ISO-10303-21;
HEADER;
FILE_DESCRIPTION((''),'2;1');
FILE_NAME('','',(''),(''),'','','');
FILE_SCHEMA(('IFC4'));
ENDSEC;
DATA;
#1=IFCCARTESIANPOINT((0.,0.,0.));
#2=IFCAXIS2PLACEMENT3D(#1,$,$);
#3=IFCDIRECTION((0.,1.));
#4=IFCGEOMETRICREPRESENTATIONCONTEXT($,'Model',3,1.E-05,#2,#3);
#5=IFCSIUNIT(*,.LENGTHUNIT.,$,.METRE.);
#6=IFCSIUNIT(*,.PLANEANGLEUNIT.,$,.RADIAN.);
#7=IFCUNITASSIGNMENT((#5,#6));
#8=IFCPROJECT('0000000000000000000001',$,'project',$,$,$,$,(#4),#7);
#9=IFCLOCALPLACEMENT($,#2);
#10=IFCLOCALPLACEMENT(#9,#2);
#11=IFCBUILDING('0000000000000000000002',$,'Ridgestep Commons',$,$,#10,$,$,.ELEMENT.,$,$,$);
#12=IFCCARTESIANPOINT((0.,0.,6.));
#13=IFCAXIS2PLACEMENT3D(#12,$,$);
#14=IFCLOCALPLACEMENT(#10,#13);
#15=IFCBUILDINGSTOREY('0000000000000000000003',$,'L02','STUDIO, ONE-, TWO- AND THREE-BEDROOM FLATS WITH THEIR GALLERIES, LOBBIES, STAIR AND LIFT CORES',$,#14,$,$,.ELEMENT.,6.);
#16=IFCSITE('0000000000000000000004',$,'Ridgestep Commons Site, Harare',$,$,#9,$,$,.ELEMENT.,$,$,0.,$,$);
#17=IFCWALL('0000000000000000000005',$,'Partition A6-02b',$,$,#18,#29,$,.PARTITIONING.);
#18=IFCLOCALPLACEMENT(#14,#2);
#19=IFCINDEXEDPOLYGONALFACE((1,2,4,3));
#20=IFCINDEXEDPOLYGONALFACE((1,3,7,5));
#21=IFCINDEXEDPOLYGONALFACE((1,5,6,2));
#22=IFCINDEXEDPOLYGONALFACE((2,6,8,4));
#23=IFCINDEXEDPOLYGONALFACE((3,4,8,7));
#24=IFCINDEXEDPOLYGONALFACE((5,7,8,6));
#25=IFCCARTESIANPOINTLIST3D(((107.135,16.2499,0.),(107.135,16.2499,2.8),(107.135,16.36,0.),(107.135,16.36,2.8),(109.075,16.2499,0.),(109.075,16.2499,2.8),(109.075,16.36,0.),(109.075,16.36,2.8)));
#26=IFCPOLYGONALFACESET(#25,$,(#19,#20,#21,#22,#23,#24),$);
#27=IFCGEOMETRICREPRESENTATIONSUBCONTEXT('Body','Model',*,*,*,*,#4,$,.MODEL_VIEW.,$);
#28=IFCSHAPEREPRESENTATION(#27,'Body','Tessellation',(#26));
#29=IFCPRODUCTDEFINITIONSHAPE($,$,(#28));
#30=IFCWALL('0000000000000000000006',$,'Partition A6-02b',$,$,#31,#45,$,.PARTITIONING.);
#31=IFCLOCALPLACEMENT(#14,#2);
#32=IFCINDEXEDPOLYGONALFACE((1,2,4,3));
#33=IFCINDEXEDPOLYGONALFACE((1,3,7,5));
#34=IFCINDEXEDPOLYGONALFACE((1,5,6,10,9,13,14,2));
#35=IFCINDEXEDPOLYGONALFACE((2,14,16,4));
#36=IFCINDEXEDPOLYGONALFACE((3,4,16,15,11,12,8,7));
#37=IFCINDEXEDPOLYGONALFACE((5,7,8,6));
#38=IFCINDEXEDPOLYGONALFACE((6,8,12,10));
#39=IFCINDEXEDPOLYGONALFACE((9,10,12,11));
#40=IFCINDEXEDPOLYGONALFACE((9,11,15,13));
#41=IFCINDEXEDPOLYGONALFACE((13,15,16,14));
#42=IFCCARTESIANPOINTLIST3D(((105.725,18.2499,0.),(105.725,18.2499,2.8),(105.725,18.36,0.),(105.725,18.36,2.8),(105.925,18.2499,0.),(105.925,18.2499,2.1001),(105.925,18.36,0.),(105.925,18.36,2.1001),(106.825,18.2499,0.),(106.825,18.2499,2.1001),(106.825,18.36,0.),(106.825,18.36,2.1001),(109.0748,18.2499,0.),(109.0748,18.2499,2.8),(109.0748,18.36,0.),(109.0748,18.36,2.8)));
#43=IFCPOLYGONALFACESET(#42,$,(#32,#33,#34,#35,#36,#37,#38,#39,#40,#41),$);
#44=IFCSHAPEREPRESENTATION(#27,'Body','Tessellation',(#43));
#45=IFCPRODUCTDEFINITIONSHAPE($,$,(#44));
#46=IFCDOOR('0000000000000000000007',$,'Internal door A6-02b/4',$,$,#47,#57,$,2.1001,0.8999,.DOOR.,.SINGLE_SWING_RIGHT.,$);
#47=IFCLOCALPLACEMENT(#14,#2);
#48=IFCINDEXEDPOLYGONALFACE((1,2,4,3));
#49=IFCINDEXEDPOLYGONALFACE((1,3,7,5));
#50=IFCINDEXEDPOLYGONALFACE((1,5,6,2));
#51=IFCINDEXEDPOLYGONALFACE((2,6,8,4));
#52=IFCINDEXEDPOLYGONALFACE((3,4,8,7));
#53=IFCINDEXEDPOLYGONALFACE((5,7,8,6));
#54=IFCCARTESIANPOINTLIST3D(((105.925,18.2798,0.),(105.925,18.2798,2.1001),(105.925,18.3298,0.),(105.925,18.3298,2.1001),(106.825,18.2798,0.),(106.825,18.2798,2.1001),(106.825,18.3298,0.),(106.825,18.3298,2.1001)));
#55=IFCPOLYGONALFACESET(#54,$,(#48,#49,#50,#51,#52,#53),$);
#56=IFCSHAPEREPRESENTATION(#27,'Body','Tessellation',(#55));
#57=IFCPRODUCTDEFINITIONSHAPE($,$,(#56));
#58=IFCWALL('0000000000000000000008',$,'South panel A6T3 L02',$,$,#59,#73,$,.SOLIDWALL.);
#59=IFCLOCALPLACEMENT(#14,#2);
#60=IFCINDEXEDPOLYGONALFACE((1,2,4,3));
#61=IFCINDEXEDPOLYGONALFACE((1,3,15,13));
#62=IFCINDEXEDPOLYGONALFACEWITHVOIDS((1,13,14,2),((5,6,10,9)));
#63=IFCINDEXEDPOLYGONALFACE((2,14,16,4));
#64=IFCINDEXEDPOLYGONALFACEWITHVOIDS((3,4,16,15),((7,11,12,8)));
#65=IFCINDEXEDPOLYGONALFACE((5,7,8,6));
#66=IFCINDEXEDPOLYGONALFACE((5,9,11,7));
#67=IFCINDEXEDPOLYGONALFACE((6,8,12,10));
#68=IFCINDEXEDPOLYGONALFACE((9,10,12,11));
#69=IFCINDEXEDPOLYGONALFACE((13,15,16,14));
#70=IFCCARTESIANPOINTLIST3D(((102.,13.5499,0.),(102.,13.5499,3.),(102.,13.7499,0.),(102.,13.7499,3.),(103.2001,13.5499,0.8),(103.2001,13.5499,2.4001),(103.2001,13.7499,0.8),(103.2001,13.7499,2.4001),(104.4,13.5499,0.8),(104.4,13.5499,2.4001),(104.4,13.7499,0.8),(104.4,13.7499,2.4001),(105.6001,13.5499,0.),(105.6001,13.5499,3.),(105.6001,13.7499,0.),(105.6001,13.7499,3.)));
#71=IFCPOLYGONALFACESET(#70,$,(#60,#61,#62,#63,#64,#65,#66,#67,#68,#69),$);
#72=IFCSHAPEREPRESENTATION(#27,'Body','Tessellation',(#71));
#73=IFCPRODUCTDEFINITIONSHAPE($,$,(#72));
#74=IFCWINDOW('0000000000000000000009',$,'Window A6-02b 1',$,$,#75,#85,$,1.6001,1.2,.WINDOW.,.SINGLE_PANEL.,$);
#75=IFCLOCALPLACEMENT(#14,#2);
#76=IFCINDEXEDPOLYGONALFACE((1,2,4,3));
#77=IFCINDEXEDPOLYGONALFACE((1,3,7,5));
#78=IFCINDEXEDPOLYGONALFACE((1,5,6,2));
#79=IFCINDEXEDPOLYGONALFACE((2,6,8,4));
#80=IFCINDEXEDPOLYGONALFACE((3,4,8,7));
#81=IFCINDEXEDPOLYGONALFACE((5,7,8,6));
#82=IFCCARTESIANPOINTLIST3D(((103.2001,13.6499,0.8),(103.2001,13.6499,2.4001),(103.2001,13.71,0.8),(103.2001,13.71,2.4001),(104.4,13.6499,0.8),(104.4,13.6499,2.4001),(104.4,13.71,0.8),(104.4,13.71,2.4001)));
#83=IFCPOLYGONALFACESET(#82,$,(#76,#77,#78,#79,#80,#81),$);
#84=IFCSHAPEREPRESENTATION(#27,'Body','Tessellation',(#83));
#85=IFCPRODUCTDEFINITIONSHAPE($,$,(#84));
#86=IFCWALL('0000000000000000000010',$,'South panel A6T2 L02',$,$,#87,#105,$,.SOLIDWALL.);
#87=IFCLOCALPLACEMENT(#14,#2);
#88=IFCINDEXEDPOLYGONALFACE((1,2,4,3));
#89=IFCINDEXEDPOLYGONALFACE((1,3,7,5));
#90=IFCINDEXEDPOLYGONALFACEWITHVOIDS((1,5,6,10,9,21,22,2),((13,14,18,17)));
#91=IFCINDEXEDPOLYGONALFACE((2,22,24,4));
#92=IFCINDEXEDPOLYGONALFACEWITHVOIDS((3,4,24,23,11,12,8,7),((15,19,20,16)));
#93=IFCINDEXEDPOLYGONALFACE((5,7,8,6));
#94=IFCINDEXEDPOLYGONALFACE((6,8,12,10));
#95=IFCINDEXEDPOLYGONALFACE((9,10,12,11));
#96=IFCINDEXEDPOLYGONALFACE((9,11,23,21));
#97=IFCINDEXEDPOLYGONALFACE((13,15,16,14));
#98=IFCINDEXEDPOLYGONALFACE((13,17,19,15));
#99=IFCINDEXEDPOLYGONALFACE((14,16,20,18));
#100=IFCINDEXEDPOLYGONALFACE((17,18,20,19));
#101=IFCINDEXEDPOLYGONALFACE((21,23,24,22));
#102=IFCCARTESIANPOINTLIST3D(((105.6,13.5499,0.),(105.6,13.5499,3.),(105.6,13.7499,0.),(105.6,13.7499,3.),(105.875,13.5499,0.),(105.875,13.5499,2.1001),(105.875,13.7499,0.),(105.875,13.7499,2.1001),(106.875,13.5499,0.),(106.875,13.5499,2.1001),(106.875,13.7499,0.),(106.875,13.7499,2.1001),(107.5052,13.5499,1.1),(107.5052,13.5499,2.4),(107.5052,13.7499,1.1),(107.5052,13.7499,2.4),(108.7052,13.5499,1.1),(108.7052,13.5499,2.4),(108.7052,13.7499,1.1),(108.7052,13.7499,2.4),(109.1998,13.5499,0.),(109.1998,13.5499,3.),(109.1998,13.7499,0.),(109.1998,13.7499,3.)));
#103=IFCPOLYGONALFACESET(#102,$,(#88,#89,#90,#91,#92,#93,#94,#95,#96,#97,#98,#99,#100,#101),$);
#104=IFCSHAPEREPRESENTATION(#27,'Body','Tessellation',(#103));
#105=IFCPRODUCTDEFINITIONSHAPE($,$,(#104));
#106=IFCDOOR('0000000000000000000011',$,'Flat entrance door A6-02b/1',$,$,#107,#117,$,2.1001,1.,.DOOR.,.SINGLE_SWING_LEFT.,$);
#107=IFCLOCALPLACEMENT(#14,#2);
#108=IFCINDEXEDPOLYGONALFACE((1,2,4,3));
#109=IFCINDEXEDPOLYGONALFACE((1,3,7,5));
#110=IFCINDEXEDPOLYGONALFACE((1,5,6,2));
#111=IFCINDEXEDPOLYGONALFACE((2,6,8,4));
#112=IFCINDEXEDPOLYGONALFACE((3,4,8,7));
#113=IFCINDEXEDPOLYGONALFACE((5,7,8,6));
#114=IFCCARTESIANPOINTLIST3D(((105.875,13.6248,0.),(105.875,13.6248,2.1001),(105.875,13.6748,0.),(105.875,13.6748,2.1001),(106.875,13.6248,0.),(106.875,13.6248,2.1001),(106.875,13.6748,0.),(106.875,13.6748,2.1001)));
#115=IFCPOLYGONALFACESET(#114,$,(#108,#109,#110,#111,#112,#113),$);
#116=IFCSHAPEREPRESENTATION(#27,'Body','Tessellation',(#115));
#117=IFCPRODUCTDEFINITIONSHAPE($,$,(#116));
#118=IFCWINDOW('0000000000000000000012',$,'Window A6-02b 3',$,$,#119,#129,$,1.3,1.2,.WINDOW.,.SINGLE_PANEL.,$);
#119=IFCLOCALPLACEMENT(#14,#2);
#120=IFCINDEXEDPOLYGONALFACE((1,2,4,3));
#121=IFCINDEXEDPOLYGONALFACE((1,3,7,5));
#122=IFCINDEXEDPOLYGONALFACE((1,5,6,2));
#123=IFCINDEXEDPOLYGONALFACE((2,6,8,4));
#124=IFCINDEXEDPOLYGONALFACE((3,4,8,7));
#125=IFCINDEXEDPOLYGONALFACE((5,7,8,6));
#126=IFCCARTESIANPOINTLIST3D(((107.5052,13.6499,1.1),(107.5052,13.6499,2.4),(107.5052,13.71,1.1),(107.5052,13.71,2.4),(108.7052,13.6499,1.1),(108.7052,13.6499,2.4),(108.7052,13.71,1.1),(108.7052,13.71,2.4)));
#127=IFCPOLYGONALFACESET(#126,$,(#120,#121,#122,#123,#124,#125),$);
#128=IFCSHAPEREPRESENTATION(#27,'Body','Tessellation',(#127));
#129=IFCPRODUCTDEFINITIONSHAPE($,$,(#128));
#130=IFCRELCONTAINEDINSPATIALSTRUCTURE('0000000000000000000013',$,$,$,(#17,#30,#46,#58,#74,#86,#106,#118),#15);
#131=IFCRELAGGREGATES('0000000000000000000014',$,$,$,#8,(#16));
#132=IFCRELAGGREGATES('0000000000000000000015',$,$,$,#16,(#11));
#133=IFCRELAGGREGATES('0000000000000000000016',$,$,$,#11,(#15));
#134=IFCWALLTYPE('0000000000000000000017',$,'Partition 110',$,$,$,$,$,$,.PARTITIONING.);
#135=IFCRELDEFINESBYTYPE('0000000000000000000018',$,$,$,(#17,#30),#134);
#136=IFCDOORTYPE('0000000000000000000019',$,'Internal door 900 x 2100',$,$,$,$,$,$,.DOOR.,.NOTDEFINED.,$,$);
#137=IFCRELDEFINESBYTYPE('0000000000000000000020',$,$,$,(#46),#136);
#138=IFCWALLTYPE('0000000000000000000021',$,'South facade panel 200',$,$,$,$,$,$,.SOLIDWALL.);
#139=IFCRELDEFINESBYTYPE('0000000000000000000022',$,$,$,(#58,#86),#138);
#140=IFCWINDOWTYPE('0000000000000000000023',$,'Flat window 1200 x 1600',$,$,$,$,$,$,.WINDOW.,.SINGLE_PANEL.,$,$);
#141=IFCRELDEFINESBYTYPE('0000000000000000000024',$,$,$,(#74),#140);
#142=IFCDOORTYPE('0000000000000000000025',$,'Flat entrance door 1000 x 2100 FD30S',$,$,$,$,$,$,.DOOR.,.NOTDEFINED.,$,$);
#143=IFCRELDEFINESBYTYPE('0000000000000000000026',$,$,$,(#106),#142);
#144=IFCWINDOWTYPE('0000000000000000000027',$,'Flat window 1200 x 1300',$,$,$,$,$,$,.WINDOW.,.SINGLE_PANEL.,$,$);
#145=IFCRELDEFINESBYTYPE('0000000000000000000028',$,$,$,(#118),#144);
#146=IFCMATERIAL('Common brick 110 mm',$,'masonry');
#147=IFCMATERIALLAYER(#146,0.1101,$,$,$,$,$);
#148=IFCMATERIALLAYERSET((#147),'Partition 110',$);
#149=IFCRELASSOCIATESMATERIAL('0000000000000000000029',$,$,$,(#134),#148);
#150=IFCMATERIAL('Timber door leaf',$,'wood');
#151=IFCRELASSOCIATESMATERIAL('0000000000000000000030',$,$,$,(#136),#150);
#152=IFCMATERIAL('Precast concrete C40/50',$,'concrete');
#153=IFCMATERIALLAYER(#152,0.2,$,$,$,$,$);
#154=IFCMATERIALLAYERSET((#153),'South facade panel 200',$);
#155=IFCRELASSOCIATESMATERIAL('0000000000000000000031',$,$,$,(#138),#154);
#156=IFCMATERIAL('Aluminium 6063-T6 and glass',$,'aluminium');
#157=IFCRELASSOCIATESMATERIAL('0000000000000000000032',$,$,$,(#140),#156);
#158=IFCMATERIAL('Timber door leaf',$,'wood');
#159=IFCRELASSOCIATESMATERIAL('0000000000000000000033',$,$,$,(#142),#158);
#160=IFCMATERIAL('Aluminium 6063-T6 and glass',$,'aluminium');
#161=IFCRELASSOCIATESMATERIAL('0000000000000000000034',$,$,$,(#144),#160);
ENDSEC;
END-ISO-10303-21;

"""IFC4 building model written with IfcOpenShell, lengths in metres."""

from ifc_helpers import new_model, si_unit, direction, frame, frame_2d, origin, place, context, subcontext, project, spatial, rectangle, extrude, material, layer, layer_set, type_object, element, fill, save


model = new_model("IFC4")

# Units and contexts
model_context = context("Model", 3, precision=1e-05, world=origin(), true_north=direction((0.0, 1.0)))
body_context = subcontext(model_context, "Body", "Model", "MODEL_VIEW")
ifc_project = project(units=[si_unit("LENGTHUNIT", "METRE"), si_unit("PLANEANGLEUNIT", "RADIAN")], contexts=[model_context])

# Site, building, storey
site_placement = place(None, origin())
site = spatial("IfcSite", under=ifc_project, at=site_placement, Name="Ridgestep Commons Site, Harare", CompositionType="ELEMENT", RefElevation=0.0)
building_placement = place(site_placement, origin())
building = spatial("IfcBuilding", under=site, at=building_placement, Name="Ridgestep Commons", CompositionType="ELEMENT")
storey_placement = place(building_placement, frame((0.0, 0.0, 6.0)))
storey = spatial("IfcBuildingStorey", under=building, at=storey_placement, Name="L02", Description="STUDIO, ONE-, TWO- AND THREE-BEDROOM FLATS WITH THEIR GALLERIES, LOBBIES, STAIR AND LIFT CORES", CompositionType="ELEMENT", Elevation=6.0)

# Shared definitions
ifc_material_1 = material(Name="Common brick 110 mm", Category="masonry")
ifc_layer_1 = layer(ifc_material_1, 0.1101)
ifc_layer_set_1 = layer_set([ifc_layer_1], Name="Partition 110")
wall_type_1 = type_object("IfcWallType", Name="Partition 110", PredefinedType="PARTITIONING", material=ifc_layer_set_1)

# Wall
wall_1_placement = place(storey_placement, frame((107.135, 16.3049, 0.0), z_axis=(0.0, 0.0, 1.0), x_axis=(1.0, 0.0, 0.0)))
element("IfcWall", 1, at=wall_1_placement, inside=storey, type_object=wall_type_1, Name="Partition A6-02b", PredefinedType="PARTITIONING", context=body_context, shape_type="SweptSolid", body=[
    extrude(rectangle(XDim=1.9399, YDim=0.1101, at=frame_2d((0.97, 0.0))), origin(), (0.0, 0.0, 1.0), 2.8),
])

# Wall, opening, door
wall_2_placement = place(storey_placement, frame((105.7251, 18.3049, 0.0), z_axis=(0.0, 0.0, 1.0), x_axis=(1.0, 0.0, 0.0)))
wall_2 = element("IfcWall", 2, at=wall_2_placement, inside=storey, type_object=wall_type_1, Name="Partition A6-02b", PredefinedType="PARTITIONING", context=body_context, shape_type="SweptSolid", body=[
    extrude(rectangle(XDim=3.3499, YDim=0.1101, at=frame_2d((1.6748, 0.0))), origin(), (0.0, 0.0, 1.0), 2.8),
])
opening_1_placement = place(wall_2_placement, frame((0.2, 0.0, 0.0)))
opening_1 = element("IfcOpeningElement", 3, at=opening_1_placement, cuts=wall_2, PredefinedType="OPENING", context=body_context, shape_type="SweptSolid", body=[
    extrude(rectangle(XDim=0.8999, YDim=2.1001, at=frame_2d((0.45, 1.05))), frame((0.0, 0.0649, 0.0), z_axis=(0.0, -1.0, 0.0), x_axis=(1.0, 0.0, 0.0)), (0.0, 0.0, 1.0), 0.1301),
])
ifc_material_2 = material(Name="Timber door leaf", Category="wood")
door_type_1 = type_object("IfcDoorType", Name="Internal door 900 x 2100", OperationType="NOTDEFINED", PredefinedType="DOOR", material=ifc_material_2)
door_1_placement = place(opening_1_placement, origin())
door_1 = element("IfcDoor", 4, at=door_1_placement, inside=storey, type_object=door_type_1, Name="Internal door A6-02b/4", OperationType="SINGLE_SWING_RIGHT", OverallHeight=2.1001, OverallWidth=0.8999, PredefinedType="DOOR", context=body_context, shape_type="SweptSolid", body=[
    extrude(rectangle(XDim=0.8999, YDim=2.1001, at=frame_2d((0.45, 1.05))), frame((0.0, 0.0249, 0.0), z_axis=(0.0, -1.0, 0.0), x_axis=(1.0, 0.0, 0.0)), (0.0, 0.0, 1.0), 0.05),
])
fill(opening_1, door_1)

# Wall, opening, window
ifc_material_3 = material(Name="Precast concrete C40/50", Category="concrete")
ifc_layer_2 = layer(ifc_material_3, 0.2)
ifc_layer_set_2 = layer_set([ifc_layer_2], Name="South facade panel 200")
wall_type_2 = type_object("IfcWallType", Name="South facade panel 200", PredefinedType="SOLIDWALL", material=ifc_layer_set_2)
wall_3_placement = place(storey_placement, frame((102.0, 13.6499, 0.0), z_axis=(0.0, 0.0, 1.0), x_axis=(1.0, 0.0, 0.0)))
wall_3 = element("IfcWall", 5, at=wall_3_placement, inside=storey, type_object=wall_type_2, Name="South panel A6T3 L02", PredefinedType="SOLIDWALL", context=body_context, shape_type="SweptSolid", body=[
    extrude(rectangle(XDim=3.6001, YDim=0.2, at=frame_2d((1.8, 0.0))), origin(), (0.0, 0.0, 1.0), 3.0),
])
opening_2_placement = place(wall_3_placement, frame((1.2, 0.0, 0.8)))
opening_2 = element("IfcOpeningElement", 6, at=opening_2_placement, cuts=wall_3, PredefinedType="OPENING", context=body_context, shape_type="SweptSolid", body=[
    extrude(rectangle(XDim=1.2, YDim=1.6001, at=frame_2d((0.6001, 0.8))), frame((0.0, 0.1099, 0.0), z_axis=(0.0, -1.0, 0.0), x_axis=(1.0, 0.0, 0.0)), (0.0, 0.0, 1.0), 0.22),
])
ifc_material_4 = material(Name="Aluminium 6063-T6 and glass", Category="aluminium")
window_type_1 = type_object("IfcWindowType", Name="Flat window 1200 x 1600", PartitioningType="SINGLE_PANEL", PredefinedType="WINDOW", material=ifc_material_4)
window_1_placement = place(opening_2_placement, origin())
window_1 = element("IfcWindow", 7, at=window_1_placement, inside=storey, type_object=window_type_1, Name="Window A6-02b 1", OverallHeight=1.6001, OverallWidth=1.2, PartitioningType="SINGLE_PANEL", PredefinedType="WINDOW", context=body_context, shape_type="SweptSolid", body=[
    extrude(rectangle(XDim=1.2, YDim=1.6001, at=frame_2d((0.6001, 0.8))), frame((0.0, 0.0601, 0.0), z_axis=(0.0, -1.0, 0.0), x_axis=(1.0, 0.0, 0.0)), (0.0, 0.0, 1.0), 0.0601),
])
fill(opening_2, window_1)

# Wall, openings, door, window
wall_4_placement = place(storey_placement, frame((105.6001, 13.6499, 0.0), z_axis=(0.0, 0.0, 1.0), x_axis=(1.0, 0.0, 0.0)))
wall_4 = element("IfcWall", 8, at=wall_4_placement, inside=storey, type_object=wall_type_2, Name="South panel A6T2 L02", PredefinedType="SOLIDWALL", context=body_context, shape_type="SweptSolid", body=[
    extrude(rectangle(XDim=3.5999, YDim=0.2, at=frame_2d((1.7998, 0.0))), origin(), (0.0, 0.0, 1.0), 3.0),
])
opening_3_placement = place(wall_4_placement, frame((1.905, 0.0, 1.1001)))
opening_3 = element("IfcOpeningElement", 9, at=opening_3_placement, cuts=wall_4, PredefinedType="OPENING", context=body_context, shape_type="SweptSolid", body=[
    extrude(rectangle(XDim=1.2, YDim=1.3, at=frame_2d((0.6001, 0.6499))), frame((0.0, 0.1099, 0.0), z_axis=(0.0, -1.0, 0.0), x_axis=(1.0, 0.0, 0.0)), (0.0, 0.0, 1.0), 0.22),
])
opening_4_placement = place(wall_4_placement, frame((0.2749, 0.0, 0.0)))
opening_4 = element("IfcOpeningElement", 10, at=opening_4_placement, cuts=wall_4, PredefinedType="OPENING", context=body_context, shape_type="SweptSolid", body=[
    extrude(rectangle(XDim=1.0, YDim=2.1001, at=frame_2d((0.5, 1.05))), frame((0.0, 0.1099, 0.0), z_axis=(0.0, -1.0, 0.0), x_axis=(1.0, 0.0, 0.0)), (0.0, 0.0, 1.0), 0.22),
])
ifc_material_5 = material(Name="Timber door leaf", Category="wood")
door_type_2 = type_object("IfcDoorType", Name="Flat entrance door 1000 x 2100 FD30S", OperationType="NOTDEFINED", PredefinedType="DOOR", material=ifc_material_5)
door_2_placement = place(opening_4_placement, origin())
door_2 = element("IfcDoor", 11, at=door_2_placement, inside=storey, type_object=door_type_2, Name="Flat entrance door A6-02b/1", OperationType="SINGLE_SWING_LEFT", OverallHeight=2.1001, OverallWidth=1.0, PredefinedType="DOOR", context=body_context, shape_type="SweptSolid", body=[
    extrude(rectangle(XDim=1.0, YDim=2.1001, at=frame_2d((0.5, 1.05))), frame((0.0, 0.0249, 0.0), z_axis=(0.0, -1.0, 0.0), x_axis=(1.0, 0.0, 0.0)), (0.0, 0.0, 1.0), 0.05),
])
fill(opening_4, door_2)
ifc_material_6 = material(Name="Aluminium 6063-T6 and glass", Category="aluminium")
window_type_2 = type_object("IfcWindowType", Name="Flat window 1200 x 1300", PartitioningType="SINGLE_PANEL", PredefinedType="WINDOW", material=ifc_material_6)
window_2_placement = place(opening_3_placement, origin())
window_2 = element("IfcWindow", 12, at=window_2_placement, inside=storey, type_object=window_type_2, Name="Window A6-02b 3", OverallHeight=1.3, OverallWidth=1.2, PartitioningType="SINGLE_PANEL", PredefinedType="WINDOW", context=body_context, shape_type="SweptSolid", body=[
    extrude(rectangle(XDim=1.2, YDim=1.3, at=frame_2d((0.6001, 0.6499))), frame((0.0, 0.0601, 0.0), z_axis=(0.0, -1.0, 0.0), x_axis=(1.0, 0.0, 0.0)), (0.0, 0.0, 1.0), 0.0601),
])
fill(opening_3, window_2)

save(model, "model.ifc")
